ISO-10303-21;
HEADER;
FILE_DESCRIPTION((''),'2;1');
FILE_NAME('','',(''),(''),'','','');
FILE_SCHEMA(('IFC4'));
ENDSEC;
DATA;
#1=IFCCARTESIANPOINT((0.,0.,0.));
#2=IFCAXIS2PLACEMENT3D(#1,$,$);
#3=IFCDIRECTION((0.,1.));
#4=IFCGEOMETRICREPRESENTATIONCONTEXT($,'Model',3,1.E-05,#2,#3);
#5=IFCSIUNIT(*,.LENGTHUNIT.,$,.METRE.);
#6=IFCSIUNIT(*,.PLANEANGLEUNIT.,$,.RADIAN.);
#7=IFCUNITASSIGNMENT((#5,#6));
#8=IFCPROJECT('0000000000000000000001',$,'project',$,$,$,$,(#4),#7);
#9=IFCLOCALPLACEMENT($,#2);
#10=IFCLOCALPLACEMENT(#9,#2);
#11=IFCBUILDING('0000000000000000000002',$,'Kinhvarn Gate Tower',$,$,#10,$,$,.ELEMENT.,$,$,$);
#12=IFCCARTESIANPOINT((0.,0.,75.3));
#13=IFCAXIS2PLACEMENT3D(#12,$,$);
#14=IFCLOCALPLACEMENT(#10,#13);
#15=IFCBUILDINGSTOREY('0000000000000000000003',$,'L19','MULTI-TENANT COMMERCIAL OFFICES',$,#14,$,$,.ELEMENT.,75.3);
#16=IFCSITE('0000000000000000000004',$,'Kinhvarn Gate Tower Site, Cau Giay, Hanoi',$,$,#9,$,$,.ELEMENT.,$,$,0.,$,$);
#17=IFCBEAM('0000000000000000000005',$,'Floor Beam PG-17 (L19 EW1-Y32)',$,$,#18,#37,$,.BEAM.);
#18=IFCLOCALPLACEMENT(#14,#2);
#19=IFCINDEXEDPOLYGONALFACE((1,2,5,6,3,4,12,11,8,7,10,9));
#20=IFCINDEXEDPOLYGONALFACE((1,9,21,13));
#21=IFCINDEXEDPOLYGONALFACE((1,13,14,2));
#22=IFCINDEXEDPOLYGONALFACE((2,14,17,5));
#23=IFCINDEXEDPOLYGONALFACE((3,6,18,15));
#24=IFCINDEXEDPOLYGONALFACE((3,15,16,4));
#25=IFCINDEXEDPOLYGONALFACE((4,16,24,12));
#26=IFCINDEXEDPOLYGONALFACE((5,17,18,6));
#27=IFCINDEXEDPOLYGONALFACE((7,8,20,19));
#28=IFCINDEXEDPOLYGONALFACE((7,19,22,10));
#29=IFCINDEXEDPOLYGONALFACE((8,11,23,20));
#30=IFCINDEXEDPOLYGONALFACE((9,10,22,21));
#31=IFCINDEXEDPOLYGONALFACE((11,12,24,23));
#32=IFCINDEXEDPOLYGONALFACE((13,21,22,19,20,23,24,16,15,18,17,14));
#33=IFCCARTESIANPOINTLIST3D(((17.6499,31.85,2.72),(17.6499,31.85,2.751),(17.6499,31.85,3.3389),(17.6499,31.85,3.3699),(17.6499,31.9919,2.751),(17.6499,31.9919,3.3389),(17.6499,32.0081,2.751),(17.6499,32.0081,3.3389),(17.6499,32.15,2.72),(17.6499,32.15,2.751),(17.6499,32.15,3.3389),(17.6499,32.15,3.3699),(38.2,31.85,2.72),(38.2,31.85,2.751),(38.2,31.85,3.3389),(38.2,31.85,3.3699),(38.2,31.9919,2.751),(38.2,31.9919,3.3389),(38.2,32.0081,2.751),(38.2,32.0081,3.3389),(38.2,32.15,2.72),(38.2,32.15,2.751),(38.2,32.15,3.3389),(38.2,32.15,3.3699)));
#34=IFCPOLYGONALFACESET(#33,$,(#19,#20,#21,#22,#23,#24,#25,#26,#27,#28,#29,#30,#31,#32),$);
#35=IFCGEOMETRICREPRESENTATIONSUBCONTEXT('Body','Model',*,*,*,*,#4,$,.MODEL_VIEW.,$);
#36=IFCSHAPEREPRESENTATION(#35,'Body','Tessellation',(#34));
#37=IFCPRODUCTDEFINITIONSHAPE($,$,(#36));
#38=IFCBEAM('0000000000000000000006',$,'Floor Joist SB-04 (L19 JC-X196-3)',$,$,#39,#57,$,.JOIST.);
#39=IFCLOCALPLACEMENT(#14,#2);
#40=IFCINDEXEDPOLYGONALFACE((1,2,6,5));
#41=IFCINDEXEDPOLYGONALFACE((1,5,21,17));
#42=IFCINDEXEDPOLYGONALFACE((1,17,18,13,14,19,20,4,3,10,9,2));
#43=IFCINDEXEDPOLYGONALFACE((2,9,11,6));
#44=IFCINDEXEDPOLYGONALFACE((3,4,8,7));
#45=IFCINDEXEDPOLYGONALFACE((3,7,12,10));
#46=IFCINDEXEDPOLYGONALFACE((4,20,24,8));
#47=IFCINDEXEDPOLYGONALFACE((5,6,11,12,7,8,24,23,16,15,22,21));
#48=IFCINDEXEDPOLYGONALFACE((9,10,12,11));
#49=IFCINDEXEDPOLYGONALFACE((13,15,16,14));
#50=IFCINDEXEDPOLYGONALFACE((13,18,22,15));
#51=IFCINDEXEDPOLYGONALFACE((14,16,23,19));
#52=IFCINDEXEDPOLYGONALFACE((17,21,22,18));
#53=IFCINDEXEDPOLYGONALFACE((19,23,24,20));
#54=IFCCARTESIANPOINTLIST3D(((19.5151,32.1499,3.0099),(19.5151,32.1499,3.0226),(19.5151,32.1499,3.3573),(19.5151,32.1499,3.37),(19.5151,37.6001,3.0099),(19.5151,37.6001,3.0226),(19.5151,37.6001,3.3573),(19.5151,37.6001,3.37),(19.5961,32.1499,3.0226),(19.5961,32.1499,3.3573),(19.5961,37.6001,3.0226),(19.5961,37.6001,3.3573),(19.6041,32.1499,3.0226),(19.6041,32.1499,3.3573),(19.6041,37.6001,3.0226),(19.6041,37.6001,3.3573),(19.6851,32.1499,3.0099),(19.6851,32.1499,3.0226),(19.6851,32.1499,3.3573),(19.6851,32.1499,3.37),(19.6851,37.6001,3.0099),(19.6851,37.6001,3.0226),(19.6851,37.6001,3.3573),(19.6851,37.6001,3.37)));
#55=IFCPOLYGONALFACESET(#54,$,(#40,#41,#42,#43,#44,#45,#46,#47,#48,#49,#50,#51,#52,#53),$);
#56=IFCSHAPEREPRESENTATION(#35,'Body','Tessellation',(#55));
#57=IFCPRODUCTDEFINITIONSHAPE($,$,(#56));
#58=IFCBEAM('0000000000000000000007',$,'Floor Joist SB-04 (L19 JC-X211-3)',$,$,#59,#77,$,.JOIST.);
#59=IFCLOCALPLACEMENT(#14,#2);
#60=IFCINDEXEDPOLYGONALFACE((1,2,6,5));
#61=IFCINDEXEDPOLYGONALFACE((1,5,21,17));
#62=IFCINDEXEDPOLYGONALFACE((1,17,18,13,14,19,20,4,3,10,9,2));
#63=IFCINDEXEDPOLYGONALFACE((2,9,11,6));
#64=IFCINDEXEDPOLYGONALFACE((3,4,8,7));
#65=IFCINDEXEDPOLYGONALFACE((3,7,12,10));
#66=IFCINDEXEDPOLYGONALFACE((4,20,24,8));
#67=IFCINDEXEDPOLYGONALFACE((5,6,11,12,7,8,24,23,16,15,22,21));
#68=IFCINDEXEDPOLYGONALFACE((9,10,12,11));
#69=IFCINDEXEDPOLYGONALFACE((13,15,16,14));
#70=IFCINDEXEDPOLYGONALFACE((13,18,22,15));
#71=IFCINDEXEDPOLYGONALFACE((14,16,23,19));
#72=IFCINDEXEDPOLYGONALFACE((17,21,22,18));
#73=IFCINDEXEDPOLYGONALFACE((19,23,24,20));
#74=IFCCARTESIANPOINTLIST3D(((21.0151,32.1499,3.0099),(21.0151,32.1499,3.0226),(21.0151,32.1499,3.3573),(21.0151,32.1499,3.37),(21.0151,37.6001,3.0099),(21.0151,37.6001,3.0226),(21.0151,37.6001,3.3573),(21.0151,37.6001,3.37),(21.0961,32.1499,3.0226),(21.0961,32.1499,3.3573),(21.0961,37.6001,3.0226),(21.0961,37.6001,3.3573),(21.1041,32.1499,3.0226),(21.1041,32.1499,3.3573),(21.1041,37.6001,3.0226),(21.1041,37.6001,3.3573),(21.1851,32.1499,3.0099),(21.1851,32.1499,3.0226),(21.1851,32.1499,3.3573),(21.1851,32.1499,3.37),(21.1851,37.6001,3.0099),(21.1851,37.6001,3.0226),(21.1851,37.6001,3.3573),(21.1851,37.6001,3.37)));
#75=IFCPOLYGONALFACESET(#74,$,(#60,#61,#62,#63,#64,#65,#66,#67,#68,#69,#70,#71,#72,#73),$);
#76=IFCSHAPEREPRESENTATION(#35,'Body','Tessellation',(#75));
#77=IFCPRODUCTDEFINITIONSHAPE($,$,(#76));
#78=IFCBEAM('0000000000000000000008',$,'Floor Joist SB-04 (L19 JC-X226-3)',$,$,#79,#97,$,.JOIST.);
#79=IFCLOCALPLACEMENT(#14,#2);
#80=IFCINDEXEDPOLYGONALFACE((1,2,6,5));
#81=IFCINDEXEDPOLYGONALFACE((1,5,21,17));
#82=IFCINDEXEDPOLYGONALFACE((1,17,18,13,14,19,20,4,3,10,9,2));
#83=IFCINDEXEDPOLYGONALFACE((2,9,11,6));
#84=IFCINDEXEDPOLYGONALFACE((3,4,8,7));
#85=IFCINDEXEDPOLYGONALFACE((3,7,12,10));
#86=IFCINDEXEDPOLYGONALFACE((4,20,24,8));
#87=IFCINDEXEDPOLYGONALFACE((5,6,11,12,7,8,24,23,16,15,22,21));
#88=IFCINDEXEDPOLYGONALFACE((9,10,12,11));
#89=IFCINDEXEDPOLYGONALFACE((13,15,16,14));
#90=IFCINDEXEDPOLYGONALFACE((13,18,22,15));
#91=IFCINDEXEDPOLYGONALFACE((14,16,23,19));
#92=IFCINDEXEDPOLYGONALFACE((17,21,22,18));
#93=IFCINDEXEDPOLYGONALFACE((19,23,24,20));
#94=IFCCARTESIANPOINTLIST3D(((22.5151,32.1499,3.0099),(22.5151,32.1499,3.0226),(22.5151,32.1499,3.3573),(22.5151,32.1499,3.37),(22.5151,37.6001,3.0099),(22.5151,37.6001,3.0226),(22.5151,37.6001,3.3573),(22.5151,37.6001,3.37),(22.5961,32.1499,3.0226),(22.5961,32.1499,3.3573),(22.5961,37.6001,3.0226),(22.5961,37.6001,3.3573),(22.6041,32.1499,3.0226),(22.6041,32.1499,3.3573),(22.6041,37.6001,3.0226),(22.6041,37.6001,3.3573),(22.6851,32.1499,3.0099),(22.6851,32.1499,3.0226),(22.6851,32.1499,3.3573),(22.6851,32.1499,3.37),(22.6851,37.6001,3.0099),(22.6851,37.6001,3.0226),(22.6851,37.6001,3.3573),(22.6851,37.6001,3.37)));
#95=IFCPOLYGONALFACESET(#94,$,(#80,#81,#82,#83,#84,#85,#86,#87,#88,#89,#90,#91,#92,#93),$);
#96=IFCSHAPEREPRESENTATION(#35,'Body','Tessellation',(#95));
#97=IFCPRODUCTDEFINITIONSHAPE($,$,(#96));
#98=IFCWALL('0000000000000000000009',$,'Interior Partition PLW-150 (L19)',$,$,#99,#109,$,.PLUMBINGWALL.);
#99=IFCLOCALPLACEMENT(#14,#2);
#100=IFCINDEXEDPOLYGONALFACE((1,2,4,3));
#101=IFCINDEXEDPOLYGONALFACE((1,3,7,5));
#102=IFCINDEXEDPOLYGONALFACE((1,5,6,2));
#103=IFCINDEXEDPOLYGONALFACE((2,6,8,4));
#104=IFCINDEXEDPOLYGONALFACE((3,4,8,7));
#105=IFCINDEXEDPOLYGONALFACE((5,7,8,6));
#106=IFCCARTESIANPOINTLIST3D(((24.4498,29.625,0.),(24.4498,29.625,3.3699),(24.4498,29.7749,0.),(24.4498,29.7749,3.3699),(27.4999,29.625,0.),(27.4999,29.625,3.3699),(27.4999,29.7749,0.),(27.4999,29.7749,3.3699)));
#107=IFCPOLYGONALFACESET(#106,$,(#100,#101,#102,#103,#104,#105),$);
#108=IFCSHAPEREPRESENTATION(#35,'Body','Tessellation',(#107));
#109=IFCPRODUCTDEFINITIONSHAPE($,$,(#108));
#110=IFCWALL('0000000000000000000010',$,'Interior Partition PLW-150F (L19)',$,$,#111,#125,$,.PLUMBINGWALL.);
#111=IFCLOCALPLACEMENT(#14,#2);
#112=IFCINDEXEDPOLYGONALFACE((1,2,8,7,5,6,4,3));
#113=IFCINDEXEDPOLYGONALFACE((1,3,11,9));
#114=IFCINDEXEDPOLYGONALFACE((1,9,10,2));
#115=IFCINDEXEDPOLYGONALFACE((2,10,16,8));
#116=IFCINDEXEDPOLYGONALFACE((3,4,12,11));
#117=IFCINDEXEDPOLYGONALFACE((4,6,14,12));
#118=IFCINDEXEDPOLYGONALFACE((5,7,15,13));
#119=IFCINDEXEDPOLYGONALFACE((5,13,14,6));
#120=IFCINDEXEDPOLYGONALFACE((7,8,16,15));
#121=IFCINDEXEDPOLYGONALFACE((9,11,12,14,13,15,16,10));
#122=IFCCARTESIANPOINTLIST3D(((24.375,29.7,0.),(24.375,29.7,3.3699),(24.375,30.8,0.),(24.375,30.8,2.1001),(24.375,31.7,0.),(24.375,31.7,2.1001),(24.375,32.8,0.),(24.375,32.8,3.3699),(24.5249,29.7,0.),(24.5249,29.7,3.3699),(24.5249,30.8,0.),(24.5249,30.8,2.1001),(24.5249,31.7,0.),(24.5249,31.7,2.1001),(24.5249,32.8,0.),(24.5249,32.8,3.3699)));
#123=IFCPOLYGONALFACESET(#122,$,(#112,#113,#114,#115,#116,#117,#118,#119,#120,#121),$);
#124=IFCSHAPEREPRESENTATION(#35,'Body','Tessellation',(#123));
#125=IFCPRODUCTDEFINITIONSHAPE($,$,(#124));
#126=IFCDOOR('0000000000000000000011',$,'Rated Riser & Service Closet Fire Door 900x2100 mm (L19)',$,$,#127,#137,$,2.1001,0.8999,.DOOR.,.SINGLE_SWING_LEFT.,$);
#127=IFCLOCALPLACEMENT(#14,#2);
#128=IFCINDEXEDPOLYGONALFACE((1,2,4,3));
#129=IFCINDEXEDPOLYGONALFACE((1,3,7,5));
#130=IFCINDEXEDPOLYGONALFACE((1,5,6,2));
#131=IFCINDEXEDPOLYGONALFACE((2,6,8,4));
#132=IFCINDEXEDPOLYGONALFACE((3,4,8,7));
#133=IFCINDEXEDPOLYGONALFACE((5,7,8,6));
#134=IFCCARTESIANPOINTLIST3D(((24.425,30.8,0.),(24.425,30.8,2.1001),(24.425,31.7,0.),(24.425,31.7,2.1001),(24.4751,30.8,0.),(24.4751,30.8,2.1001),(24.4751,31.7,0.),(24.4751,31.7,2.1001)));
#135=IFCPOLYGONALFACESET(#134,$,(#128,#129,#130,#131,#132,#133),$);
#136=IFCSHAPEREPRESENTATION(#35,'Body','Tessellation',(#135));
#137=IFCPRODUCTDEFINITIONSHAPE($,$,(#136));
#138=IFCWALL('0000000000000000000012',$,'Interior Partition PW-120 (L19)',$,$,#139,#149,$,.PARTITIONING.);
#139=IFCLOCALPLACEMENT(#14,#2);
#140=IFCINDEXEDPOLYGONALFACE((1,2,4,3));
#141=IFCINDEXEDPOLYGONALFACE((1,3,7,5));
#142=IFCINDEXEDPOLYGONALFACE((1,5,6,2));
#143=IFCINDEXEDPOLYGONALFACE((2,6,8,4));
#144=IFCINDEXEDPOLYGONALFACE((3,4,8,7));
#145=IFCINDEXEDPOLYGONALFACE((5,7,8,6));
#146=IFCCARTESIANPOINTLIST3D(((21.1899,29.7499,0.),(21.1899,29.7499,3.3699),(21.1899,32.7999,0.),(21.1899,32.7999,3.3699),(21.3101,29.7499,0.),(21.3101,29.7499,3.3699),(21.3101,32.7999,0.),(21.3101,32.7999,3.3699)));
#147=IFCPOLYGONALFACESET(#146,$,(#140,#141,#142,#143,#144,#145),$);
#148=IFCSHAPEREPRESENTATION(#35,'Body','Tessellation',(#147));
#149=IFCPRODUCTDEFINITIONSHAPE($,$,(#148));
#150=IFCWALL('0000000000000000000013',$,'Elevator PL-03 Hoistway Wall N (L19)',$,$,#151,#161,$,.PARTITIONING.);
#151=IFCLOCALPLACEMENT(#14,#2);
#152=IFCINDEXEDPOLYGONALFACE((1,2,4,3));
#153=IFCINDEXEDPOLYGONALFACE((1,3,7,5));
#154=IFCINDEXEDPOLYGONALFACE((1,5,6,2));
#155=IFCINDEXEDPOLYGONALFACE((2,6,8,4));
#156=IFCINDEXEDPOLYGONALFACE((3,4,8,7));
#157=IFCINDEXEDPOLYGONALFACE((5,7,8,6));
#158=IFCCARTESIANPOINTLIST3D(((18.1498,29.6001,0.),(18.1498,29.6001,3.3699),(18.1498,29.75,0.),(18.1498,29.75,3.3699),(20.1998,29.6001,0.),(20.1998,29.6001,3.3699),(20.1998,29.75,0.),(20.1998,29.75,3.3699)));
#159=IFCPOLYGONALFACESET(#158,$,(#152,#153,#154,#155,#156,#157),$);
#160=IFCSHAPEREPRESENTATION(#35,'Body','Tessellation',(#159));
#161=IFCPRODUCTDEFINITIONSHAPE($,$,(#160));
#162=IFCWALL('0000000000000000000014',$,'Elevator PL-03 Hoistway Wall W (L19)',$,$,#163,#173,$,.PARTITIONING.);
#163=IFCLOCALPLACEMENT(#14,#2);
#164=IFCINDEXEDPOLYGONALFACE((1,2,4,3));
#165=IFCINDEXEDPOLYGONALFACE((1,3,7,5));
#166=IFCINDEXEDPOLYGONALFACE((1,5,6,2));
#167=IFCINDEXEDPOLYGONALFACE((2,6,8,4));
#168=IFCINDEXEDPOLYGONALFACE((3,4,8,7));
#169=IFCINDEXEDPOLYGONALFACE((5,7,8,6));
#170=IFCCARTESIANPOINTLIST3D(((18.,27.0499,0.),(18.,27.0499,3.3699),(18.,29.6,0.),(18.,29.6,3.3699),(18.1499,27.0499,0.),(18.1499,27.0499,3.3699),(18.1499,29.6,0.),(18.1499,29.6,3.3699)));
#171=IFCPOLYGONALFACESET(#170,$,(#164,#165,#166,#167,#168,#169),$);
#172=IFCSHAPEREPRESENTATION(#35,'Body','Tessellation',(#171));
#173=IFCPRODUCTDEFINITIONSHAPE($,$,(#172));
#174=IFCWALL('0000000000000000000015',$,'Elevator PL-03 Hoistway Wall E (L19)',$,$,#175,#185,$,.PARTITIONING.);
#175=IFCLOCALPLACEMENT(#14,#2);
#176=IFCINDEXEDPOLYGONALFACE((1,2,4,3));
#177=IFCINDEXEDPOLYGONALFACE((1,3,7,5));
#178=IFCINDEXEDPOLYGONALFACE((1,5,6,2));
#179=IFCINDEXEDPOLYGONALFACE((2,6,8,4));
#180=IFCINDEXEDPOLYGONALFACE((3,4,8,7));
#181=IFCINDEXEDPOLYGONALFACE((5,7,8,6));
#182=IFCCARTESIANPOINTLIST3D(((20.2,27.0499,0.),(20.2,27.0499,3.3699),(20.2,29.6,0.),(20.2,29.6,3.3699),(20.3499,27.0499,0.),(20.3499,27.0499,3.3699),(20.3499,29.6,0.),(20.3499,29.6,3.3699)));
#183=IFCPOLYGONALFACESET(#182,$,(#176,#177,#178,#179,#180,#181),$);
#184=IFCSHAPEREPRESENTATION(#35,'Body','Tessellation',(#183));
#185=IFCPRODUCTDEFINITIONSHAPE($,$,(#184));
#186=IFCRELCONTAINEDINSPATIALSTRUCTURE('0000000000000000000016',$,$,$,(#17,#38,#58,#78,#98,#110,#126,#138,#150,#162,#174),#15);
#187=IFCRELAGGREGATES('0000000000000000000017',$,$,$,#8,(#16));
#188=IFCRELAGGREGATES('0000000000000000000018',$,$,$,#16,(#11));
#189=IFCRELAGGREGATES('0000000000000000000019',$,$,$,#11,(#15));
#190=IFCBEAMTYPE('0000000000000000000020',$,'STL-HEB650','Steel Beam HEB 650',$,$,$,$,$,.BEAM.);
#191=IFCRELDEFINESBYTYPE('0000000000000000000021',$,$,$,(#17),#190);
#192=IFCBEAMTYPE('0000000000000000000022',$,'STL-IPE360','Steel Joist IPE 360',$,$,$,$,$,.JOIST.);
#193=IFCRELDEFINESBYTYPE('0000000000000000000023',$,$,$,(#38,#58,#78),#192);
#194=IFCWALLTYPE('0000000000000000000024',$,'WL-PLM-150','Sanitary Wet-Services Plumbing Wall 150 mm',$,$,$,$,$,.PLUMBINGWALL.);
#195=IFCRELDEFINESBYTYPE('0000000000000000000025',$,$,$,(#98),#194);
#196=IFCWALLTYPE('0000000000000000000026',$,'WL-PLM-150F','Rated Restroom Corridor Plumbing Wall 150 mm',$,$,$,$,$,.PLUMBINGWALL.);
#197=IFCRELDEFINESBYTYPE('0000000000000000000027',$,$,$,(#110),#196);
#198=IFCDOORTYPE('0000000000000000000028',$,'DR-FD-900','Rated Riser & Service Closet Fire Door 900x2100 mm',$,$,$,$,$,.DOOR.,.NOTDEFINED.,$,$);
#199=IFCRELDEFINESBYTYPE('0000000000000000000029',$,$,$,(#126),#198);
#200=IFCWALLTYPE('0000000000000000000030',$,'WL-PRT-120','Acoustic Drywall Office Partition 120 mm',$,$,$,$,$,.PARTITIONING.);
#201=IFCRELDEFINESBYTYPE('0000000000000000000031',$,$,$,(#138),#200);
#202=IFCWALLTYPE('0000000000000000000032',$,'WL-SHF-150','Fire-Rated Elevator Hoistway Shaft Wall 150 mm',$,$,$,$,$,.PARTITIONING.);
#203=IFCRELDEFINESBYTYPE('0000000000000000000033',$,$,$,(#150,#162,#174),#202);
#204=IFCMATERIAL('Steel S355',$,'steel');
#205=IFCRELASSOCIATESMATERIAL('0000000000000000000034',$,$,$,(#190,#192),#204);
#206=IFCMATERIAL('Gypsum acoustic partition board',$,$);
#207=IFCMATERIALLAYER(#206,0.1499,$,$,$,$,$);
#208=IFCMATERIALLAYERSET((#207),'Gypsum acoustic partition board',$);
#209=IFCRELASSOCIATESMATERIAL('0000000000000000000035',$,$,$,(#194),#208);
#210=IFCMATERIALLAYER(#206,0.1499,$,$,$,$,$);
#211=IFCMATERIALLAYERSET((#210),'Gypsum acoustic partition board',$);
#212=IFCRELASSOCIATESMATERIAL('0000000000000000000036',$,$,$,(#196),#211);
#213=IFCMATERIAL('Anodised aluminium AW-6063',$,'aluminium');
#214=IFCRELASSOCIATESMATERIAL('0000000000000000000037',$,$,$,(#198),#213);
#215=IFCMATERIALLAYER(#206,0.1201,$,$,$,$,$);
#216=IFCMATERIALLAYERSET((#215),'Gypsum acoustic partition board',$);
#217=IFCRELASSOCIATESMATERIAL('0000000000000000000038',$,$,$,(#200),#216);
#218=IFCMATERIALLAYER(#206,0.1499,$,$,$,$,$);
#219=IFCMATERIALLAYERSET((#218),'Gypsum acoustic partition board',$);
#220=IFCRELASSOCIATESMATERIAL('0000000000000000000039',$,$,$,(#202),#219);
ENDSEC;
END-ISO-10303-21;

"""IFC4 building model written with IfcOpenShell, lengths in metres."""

from ifc_helpers import new_model, si_unit, direction, frame, frame_2d, origin, origin_2d, place, context, subcontext, project, spatial, rectangle, i_section, extrude, material, layer, layer_set, material_profile, profile_set, type_object, element, fill, save


model = new_model("IFC4")

# Units and contexts
model_context = context("Model", 3, precision=1e-05, world=origin(), true_north=direction((0.0, 1.0)))
body_context = subcontext(model_context, "Body", "Model", "MODEL_VIEW")
ifc_project = project(units=[si_unit("LENGTHUNIT", "METRE"), si_unit("PLANEANGLEUNIT", "RADIAN")], contexts=[model_context])

# Site, building, storey
site_placement = place(None, origin())
site = spatial("IfcSite", under=ifc_project, at=site_placement, Name="Kinhvarn Gate Tower Site, Cau Giay, Hanoi", CompositionType="ELEMENT", RefElevation=0.0)
building_placement = place(site_placement, origin())
building = spatial("IfcBuilding", under=site, at=building_placement, Name="Kinhvarn Gate Tower", CompositionType="ELEMENT")
storey_placement = place(building_placement, frame((0.0, 0.0, 75.3)))
storey = spatial("IfcBuildingStorey", under=building, at=storey_placement, Name="L19", Description="MULTI-TENANT COMMERCIAL OFFICES", CompositionType="ELEMENT", Elevation=75.3)

# Beams
ifc_material_1 = material(Name="Steel S355", Category="steel")
ifc_material_profile_1 = material_profile(ifc_material_1, i_section(OverallWidth=0.3, OverallDepth=0.6499, WebThickness=0.0161, FlangeThickness=0.031, at=origin_2d()), Name="HEB 650")
ifc_profile_set_1 = profile_set([ifc_material_profile_1], Name="Steel S355")
beam_type_1 = type_object("IfcBeamType", Name="STL-HEB650", Description="Steel Beam HEB 650", PredefinedType="BEAM", material=ifc_profile_set_1)
beam_placement = place(storey_placement, frame((17.6499, 32.0, 3.0449), z_axis=(1.0, 0.0, 0.0), x_axis=(0.0, 1.0, 0.0)))
element("IfcBeam", 1, at=beam_placement, inside=storey, type_object=beam_type_1, Name="Floor Beam PG-17 (L19 EW1-Y32)", PredefinedType="BEAM", context=body_context, shape_type="SweptSolid", body=[
    extrude(i_section(OverallWidth=0.3, OverallDepth=0.6499, WebThickness=0.0161, FlangeThickness=0.031, at=origin_2d()), origin(), (0.0, 0.0, 1.0), 20.55),
])
ifc_material_profile_2 = material_profile(ifc_material_1, i_section(OverallWidth=0.1699, OverallDepth=0.3601, WebThickness=0.0081, FlangeThickness=0.0127, at=origin_2d()), Name="IPE 360")
ifc_profile_set_2 = profile_set([ifc_material_profile_2], Name="Steel S355")
beam_type_2 = type_object("IfcBeamType", Name="STL-IPE360", Description="Steel Joist IPE 360", PredefinedType="JOIST", material=ifc_profile_set_2)
for number, where, z_axis, x_axis, name in (
    (2, (19.6001, 32.1499, 3.1899), (0.0, 1.0, 0.0), (-1.0, 0.0, 0.0), "Floor Joist SB-04 (L19 JC-X196-3)"),
    (3, (21.1001, 32.1499, 3.1899), (0.0, 1.0, 0.0), (-1.0, 0.0, 0.0), "Floor Joist SB-04 (L19 JC-X211-3)"),
    (4, (22.6001, 32.1499, 3.1899), (0.0, 1.0, 0.0), (-1.0, 0.0, 0.0), "Floor Joist SB-04 (L19 JC-X226-3)"),
):
    element("IfcBeam", number, at=place(storey_placement, frame(where, z_axis=z_axis, x_axis=x_axis)), inside=storey, type_object=beam_type_2, Name=name, PredefinedType="JOIST", context=body_context, shape_type="SweptSolid", body=[
        extrude(i_section(OverallWidth=0.1699, OverallDepth=0.3601, WebThickness=0.0081, FlangeThickness=0.0127, at=origin_2d()), origin(), (0.0, 0.0, 1.0), 5.4502),
    ])

# Wall
ifc_material_2 = material(Name="Gypsum acoustic partition board")
ifc_layer_1 = layer(ifc_material_2, 0.1499)
ifc_layer_set_1 = layer_set([ifc_layer_1], Name="Gypsum acoustic partition board")
wall_type_1 = type_object("IfcWallType", Name="WL-PLM-150", Description="Sanitary Wet-Services Plumbing Wall 150 mm", PredefinedType="PLUMBINGWALL", material=ifc_layer_set_1)
wall_1_placement = place(storey_placement, frame((24.45, 29.7, 0.0), z_axis=(0.0, 0.0, 1.0), x_axis=(1.0, 0.0, 0.0)))
element("IfcWall", 5, at=wall_1_placement, inside=storey, type_object=wall_type_1, Name="Interior Partition PLW-150 (L19)", PredefinedType="PLUMBINGWALL", context=body_context, shape_type="SweptSolid", body=[
    extrude(rectangle(XDim=3.05, YDim=0.1499, at=frame_2d((1.5249, 0.0))), origin(), (0.0, 0.0, 1.0), 3.3699),
])

# Wall, opening, door
ifc_layer_2 = layer(ifc_material_2, 0.1499)
ifc_layer_set_2 = layer_set([ifc_layer_2], Name="Gypsum acoustic partition board")
wall_type_2 = type_object("IfcWallType", Name="WL-PLM-150F", Description="Rated Restroom Corridor Plumbing Wall 150 mm", PredefinedType="PLUMBINGWALL", material=ifc_layer_set_2)
wall_2_placement = place(storey_placement, frame((24.45, 29.7, 0.0), z_axis=(0.0, 0.0, 1.0), x_axis=(0.0, 1.0, 0.0)))
wall_2 = element("IfcWall", 6, at=wall_2_placement, inside=storey, type_object=wall_type_2, Name="Interior Partition PLW-150F (L19)", PredefinedType="PLUMBINGWALL", context=body_context, shape_type="SweptSolid", body=[
    extrude(rectangle(XDim=3.1001, YDim=0.1499, at=frame_2d((1.55, 0.0))), origin(), (0.0, 0.0, 1.0), 3.3699),
])
opening_1_placement = place(wall_2_placement, frame((1.1001, 0.0, 0.0)))
opening_1 = element("IfcOpeningElement", 7, at=opening_1_placement, cuts=wall_2, PredefinedType="OPENING", context=body_context, shape_type="SweptSolid", body=[
    extrude(rectangle(XDim=0.8999, YDim=2.1001, at=frame_2d((0.45, 1.05))), frame((0.0, 0.085, 0.0), z_axis=(0.0, -1.0, 0.0), x_axis=(1.0, 0.0, 0.0)), (0.0, 0.0, 1.0), 0.1699),
])
ifc_material_3 = material(Name="Anodised aluminium AW-6063", Category="aluminium")
door_type_1 = type_object("IfcDoorType", Name="DR-FD-900", Description="Rated Riser & Service Closet Fire Door 900x2100 mm", OperationType="NOTDEFINED", PredefinedType="DOOR", material=ifc_material_3)
door_1_placement = place(opening_1_placement, origin())
door_1 = element("IfcDoor", 8, at=door_1_placement, inside=storey, type_object=door_type_1, Name="Rated Riser & Service Closet Fire Door 900x2100 mm (L19)", OperationType="SINGLE_SWING_LEFT", OverallHeight=2.1001, OverallWidth=0.8999, PredefinedType="DOOR", context=body_context, shape_type="SweptSolid", body=[
    extrude(rectangle(XDim=0.8999, YDim=2.1001, at=frame_2d((0.45, 1.05))), frame((0.0, 0.0249, 0.0), z_axis=(0.0, -1.0, 0.0), x_axis=(1.0, 0.0, 0.0)), (0.0, 0.0, 1.0), 0.05),
])
fill(opening_1, door_1)

# Wall
ifc_layer_3 = layer(ifc_material_2, 0.1201)
ifc_layer_set_3 = layer_set([ifc_layer_3], Name="Gypsum acoustic partition board")
wall_type_3 = type_object("IfcWallType", Name="WL-PRT-120", Description="Acoustic Drywall Office Partition 120 mm", PredefinedType="PARTITIONING", material=ifc_layer_set_3)
wall_3_placement = place(storey_placement, frame((21.25, 29.75, 0.0), z_axis=(0.0, 0.0, 1.0), x_axis=(0.0, 1.0, 0.0)))
element("IfcWall", 9, at=wall_3_placement, inside=storey, type_object=wall_type_3, Name="Interior Partition PW-120 (L19)", PredefinedType="PARTITIONING", context=body_context, shape_type="SweptSolid", body=[
    extrude(rectangle(XDim=3.05, YDim=0.1201, at=frame_2d((1.5249, 0.0))), origin(), (0.0, 0.0, 1.0), 3.3699),
])

# Walls
ifc_layer_4 = layer(ifc_material_2, 0.1499)
ifc_layer_set_4 = layer_set([ifc_layer_4], Name="Gypsum acoustic partition board")
wall_type_4 = type_object("IfcWallType", Name="WL-SHF-150", Description="Fire-Rated Elevator Hoistway Shaft Wall 150 mm", PredefinedType="PARTITIONING", material=ifc_layer_set_4)
wall_4_placement = place(storey_placement, frame((18.1499, 29.675, 0.0), z_axis=(0.0, 0.0, 1.0), x_axis=(1.0, 0.0, 0.0)))
element("IfcWall", 10, at=wall_4_placement, inside=storey, type_object=wall_type_4, Name="Elevator PL-03 Hoistway Wall N (L19)", PredefinedType="PARTITIONING", context=body_context, shape_type="SweptSolid", body=[
    extrude(rectangle(XDim=2.05, YDim=0.1499, at=frame_2d((1.0249, 0.0))), origin(), (0.0, 0.0, 1.0), 3.3699),
])
for number, where, z_axis, x_axis, name in (
    (11, (18.075, 27.05, 0.0), (0.0, 0.0, 1.0), (0.0, 1.0, 0.0), "Elevator PL-03 Hoistway Wall W (L19)"),
    (12, (20.2749, 27.05, 0.0), (0.0, 0.0, 1.0), (0.0, 1.0, 0.0), "Elevator PL-03 Hoistway Wall E (L19)"),
):
    element("IfcWall", number, at=place(storey_placement, frame(where, z_axis=z_axis, x_axis=x_axis)), inside=storey, type_object=wall_type_4, Name=name, PredefinedType="PARTITIONING", context=body_context, shape_type="SweptSolid", body=[
        extrude(rectangle(XDim=2.55, YDim=0.1499, at=frame_2d((1.2749, 0.0))), origin(), (0.0, 0.0, 1.0), 3.3699),
    ])

save(model, "model.ifc")
